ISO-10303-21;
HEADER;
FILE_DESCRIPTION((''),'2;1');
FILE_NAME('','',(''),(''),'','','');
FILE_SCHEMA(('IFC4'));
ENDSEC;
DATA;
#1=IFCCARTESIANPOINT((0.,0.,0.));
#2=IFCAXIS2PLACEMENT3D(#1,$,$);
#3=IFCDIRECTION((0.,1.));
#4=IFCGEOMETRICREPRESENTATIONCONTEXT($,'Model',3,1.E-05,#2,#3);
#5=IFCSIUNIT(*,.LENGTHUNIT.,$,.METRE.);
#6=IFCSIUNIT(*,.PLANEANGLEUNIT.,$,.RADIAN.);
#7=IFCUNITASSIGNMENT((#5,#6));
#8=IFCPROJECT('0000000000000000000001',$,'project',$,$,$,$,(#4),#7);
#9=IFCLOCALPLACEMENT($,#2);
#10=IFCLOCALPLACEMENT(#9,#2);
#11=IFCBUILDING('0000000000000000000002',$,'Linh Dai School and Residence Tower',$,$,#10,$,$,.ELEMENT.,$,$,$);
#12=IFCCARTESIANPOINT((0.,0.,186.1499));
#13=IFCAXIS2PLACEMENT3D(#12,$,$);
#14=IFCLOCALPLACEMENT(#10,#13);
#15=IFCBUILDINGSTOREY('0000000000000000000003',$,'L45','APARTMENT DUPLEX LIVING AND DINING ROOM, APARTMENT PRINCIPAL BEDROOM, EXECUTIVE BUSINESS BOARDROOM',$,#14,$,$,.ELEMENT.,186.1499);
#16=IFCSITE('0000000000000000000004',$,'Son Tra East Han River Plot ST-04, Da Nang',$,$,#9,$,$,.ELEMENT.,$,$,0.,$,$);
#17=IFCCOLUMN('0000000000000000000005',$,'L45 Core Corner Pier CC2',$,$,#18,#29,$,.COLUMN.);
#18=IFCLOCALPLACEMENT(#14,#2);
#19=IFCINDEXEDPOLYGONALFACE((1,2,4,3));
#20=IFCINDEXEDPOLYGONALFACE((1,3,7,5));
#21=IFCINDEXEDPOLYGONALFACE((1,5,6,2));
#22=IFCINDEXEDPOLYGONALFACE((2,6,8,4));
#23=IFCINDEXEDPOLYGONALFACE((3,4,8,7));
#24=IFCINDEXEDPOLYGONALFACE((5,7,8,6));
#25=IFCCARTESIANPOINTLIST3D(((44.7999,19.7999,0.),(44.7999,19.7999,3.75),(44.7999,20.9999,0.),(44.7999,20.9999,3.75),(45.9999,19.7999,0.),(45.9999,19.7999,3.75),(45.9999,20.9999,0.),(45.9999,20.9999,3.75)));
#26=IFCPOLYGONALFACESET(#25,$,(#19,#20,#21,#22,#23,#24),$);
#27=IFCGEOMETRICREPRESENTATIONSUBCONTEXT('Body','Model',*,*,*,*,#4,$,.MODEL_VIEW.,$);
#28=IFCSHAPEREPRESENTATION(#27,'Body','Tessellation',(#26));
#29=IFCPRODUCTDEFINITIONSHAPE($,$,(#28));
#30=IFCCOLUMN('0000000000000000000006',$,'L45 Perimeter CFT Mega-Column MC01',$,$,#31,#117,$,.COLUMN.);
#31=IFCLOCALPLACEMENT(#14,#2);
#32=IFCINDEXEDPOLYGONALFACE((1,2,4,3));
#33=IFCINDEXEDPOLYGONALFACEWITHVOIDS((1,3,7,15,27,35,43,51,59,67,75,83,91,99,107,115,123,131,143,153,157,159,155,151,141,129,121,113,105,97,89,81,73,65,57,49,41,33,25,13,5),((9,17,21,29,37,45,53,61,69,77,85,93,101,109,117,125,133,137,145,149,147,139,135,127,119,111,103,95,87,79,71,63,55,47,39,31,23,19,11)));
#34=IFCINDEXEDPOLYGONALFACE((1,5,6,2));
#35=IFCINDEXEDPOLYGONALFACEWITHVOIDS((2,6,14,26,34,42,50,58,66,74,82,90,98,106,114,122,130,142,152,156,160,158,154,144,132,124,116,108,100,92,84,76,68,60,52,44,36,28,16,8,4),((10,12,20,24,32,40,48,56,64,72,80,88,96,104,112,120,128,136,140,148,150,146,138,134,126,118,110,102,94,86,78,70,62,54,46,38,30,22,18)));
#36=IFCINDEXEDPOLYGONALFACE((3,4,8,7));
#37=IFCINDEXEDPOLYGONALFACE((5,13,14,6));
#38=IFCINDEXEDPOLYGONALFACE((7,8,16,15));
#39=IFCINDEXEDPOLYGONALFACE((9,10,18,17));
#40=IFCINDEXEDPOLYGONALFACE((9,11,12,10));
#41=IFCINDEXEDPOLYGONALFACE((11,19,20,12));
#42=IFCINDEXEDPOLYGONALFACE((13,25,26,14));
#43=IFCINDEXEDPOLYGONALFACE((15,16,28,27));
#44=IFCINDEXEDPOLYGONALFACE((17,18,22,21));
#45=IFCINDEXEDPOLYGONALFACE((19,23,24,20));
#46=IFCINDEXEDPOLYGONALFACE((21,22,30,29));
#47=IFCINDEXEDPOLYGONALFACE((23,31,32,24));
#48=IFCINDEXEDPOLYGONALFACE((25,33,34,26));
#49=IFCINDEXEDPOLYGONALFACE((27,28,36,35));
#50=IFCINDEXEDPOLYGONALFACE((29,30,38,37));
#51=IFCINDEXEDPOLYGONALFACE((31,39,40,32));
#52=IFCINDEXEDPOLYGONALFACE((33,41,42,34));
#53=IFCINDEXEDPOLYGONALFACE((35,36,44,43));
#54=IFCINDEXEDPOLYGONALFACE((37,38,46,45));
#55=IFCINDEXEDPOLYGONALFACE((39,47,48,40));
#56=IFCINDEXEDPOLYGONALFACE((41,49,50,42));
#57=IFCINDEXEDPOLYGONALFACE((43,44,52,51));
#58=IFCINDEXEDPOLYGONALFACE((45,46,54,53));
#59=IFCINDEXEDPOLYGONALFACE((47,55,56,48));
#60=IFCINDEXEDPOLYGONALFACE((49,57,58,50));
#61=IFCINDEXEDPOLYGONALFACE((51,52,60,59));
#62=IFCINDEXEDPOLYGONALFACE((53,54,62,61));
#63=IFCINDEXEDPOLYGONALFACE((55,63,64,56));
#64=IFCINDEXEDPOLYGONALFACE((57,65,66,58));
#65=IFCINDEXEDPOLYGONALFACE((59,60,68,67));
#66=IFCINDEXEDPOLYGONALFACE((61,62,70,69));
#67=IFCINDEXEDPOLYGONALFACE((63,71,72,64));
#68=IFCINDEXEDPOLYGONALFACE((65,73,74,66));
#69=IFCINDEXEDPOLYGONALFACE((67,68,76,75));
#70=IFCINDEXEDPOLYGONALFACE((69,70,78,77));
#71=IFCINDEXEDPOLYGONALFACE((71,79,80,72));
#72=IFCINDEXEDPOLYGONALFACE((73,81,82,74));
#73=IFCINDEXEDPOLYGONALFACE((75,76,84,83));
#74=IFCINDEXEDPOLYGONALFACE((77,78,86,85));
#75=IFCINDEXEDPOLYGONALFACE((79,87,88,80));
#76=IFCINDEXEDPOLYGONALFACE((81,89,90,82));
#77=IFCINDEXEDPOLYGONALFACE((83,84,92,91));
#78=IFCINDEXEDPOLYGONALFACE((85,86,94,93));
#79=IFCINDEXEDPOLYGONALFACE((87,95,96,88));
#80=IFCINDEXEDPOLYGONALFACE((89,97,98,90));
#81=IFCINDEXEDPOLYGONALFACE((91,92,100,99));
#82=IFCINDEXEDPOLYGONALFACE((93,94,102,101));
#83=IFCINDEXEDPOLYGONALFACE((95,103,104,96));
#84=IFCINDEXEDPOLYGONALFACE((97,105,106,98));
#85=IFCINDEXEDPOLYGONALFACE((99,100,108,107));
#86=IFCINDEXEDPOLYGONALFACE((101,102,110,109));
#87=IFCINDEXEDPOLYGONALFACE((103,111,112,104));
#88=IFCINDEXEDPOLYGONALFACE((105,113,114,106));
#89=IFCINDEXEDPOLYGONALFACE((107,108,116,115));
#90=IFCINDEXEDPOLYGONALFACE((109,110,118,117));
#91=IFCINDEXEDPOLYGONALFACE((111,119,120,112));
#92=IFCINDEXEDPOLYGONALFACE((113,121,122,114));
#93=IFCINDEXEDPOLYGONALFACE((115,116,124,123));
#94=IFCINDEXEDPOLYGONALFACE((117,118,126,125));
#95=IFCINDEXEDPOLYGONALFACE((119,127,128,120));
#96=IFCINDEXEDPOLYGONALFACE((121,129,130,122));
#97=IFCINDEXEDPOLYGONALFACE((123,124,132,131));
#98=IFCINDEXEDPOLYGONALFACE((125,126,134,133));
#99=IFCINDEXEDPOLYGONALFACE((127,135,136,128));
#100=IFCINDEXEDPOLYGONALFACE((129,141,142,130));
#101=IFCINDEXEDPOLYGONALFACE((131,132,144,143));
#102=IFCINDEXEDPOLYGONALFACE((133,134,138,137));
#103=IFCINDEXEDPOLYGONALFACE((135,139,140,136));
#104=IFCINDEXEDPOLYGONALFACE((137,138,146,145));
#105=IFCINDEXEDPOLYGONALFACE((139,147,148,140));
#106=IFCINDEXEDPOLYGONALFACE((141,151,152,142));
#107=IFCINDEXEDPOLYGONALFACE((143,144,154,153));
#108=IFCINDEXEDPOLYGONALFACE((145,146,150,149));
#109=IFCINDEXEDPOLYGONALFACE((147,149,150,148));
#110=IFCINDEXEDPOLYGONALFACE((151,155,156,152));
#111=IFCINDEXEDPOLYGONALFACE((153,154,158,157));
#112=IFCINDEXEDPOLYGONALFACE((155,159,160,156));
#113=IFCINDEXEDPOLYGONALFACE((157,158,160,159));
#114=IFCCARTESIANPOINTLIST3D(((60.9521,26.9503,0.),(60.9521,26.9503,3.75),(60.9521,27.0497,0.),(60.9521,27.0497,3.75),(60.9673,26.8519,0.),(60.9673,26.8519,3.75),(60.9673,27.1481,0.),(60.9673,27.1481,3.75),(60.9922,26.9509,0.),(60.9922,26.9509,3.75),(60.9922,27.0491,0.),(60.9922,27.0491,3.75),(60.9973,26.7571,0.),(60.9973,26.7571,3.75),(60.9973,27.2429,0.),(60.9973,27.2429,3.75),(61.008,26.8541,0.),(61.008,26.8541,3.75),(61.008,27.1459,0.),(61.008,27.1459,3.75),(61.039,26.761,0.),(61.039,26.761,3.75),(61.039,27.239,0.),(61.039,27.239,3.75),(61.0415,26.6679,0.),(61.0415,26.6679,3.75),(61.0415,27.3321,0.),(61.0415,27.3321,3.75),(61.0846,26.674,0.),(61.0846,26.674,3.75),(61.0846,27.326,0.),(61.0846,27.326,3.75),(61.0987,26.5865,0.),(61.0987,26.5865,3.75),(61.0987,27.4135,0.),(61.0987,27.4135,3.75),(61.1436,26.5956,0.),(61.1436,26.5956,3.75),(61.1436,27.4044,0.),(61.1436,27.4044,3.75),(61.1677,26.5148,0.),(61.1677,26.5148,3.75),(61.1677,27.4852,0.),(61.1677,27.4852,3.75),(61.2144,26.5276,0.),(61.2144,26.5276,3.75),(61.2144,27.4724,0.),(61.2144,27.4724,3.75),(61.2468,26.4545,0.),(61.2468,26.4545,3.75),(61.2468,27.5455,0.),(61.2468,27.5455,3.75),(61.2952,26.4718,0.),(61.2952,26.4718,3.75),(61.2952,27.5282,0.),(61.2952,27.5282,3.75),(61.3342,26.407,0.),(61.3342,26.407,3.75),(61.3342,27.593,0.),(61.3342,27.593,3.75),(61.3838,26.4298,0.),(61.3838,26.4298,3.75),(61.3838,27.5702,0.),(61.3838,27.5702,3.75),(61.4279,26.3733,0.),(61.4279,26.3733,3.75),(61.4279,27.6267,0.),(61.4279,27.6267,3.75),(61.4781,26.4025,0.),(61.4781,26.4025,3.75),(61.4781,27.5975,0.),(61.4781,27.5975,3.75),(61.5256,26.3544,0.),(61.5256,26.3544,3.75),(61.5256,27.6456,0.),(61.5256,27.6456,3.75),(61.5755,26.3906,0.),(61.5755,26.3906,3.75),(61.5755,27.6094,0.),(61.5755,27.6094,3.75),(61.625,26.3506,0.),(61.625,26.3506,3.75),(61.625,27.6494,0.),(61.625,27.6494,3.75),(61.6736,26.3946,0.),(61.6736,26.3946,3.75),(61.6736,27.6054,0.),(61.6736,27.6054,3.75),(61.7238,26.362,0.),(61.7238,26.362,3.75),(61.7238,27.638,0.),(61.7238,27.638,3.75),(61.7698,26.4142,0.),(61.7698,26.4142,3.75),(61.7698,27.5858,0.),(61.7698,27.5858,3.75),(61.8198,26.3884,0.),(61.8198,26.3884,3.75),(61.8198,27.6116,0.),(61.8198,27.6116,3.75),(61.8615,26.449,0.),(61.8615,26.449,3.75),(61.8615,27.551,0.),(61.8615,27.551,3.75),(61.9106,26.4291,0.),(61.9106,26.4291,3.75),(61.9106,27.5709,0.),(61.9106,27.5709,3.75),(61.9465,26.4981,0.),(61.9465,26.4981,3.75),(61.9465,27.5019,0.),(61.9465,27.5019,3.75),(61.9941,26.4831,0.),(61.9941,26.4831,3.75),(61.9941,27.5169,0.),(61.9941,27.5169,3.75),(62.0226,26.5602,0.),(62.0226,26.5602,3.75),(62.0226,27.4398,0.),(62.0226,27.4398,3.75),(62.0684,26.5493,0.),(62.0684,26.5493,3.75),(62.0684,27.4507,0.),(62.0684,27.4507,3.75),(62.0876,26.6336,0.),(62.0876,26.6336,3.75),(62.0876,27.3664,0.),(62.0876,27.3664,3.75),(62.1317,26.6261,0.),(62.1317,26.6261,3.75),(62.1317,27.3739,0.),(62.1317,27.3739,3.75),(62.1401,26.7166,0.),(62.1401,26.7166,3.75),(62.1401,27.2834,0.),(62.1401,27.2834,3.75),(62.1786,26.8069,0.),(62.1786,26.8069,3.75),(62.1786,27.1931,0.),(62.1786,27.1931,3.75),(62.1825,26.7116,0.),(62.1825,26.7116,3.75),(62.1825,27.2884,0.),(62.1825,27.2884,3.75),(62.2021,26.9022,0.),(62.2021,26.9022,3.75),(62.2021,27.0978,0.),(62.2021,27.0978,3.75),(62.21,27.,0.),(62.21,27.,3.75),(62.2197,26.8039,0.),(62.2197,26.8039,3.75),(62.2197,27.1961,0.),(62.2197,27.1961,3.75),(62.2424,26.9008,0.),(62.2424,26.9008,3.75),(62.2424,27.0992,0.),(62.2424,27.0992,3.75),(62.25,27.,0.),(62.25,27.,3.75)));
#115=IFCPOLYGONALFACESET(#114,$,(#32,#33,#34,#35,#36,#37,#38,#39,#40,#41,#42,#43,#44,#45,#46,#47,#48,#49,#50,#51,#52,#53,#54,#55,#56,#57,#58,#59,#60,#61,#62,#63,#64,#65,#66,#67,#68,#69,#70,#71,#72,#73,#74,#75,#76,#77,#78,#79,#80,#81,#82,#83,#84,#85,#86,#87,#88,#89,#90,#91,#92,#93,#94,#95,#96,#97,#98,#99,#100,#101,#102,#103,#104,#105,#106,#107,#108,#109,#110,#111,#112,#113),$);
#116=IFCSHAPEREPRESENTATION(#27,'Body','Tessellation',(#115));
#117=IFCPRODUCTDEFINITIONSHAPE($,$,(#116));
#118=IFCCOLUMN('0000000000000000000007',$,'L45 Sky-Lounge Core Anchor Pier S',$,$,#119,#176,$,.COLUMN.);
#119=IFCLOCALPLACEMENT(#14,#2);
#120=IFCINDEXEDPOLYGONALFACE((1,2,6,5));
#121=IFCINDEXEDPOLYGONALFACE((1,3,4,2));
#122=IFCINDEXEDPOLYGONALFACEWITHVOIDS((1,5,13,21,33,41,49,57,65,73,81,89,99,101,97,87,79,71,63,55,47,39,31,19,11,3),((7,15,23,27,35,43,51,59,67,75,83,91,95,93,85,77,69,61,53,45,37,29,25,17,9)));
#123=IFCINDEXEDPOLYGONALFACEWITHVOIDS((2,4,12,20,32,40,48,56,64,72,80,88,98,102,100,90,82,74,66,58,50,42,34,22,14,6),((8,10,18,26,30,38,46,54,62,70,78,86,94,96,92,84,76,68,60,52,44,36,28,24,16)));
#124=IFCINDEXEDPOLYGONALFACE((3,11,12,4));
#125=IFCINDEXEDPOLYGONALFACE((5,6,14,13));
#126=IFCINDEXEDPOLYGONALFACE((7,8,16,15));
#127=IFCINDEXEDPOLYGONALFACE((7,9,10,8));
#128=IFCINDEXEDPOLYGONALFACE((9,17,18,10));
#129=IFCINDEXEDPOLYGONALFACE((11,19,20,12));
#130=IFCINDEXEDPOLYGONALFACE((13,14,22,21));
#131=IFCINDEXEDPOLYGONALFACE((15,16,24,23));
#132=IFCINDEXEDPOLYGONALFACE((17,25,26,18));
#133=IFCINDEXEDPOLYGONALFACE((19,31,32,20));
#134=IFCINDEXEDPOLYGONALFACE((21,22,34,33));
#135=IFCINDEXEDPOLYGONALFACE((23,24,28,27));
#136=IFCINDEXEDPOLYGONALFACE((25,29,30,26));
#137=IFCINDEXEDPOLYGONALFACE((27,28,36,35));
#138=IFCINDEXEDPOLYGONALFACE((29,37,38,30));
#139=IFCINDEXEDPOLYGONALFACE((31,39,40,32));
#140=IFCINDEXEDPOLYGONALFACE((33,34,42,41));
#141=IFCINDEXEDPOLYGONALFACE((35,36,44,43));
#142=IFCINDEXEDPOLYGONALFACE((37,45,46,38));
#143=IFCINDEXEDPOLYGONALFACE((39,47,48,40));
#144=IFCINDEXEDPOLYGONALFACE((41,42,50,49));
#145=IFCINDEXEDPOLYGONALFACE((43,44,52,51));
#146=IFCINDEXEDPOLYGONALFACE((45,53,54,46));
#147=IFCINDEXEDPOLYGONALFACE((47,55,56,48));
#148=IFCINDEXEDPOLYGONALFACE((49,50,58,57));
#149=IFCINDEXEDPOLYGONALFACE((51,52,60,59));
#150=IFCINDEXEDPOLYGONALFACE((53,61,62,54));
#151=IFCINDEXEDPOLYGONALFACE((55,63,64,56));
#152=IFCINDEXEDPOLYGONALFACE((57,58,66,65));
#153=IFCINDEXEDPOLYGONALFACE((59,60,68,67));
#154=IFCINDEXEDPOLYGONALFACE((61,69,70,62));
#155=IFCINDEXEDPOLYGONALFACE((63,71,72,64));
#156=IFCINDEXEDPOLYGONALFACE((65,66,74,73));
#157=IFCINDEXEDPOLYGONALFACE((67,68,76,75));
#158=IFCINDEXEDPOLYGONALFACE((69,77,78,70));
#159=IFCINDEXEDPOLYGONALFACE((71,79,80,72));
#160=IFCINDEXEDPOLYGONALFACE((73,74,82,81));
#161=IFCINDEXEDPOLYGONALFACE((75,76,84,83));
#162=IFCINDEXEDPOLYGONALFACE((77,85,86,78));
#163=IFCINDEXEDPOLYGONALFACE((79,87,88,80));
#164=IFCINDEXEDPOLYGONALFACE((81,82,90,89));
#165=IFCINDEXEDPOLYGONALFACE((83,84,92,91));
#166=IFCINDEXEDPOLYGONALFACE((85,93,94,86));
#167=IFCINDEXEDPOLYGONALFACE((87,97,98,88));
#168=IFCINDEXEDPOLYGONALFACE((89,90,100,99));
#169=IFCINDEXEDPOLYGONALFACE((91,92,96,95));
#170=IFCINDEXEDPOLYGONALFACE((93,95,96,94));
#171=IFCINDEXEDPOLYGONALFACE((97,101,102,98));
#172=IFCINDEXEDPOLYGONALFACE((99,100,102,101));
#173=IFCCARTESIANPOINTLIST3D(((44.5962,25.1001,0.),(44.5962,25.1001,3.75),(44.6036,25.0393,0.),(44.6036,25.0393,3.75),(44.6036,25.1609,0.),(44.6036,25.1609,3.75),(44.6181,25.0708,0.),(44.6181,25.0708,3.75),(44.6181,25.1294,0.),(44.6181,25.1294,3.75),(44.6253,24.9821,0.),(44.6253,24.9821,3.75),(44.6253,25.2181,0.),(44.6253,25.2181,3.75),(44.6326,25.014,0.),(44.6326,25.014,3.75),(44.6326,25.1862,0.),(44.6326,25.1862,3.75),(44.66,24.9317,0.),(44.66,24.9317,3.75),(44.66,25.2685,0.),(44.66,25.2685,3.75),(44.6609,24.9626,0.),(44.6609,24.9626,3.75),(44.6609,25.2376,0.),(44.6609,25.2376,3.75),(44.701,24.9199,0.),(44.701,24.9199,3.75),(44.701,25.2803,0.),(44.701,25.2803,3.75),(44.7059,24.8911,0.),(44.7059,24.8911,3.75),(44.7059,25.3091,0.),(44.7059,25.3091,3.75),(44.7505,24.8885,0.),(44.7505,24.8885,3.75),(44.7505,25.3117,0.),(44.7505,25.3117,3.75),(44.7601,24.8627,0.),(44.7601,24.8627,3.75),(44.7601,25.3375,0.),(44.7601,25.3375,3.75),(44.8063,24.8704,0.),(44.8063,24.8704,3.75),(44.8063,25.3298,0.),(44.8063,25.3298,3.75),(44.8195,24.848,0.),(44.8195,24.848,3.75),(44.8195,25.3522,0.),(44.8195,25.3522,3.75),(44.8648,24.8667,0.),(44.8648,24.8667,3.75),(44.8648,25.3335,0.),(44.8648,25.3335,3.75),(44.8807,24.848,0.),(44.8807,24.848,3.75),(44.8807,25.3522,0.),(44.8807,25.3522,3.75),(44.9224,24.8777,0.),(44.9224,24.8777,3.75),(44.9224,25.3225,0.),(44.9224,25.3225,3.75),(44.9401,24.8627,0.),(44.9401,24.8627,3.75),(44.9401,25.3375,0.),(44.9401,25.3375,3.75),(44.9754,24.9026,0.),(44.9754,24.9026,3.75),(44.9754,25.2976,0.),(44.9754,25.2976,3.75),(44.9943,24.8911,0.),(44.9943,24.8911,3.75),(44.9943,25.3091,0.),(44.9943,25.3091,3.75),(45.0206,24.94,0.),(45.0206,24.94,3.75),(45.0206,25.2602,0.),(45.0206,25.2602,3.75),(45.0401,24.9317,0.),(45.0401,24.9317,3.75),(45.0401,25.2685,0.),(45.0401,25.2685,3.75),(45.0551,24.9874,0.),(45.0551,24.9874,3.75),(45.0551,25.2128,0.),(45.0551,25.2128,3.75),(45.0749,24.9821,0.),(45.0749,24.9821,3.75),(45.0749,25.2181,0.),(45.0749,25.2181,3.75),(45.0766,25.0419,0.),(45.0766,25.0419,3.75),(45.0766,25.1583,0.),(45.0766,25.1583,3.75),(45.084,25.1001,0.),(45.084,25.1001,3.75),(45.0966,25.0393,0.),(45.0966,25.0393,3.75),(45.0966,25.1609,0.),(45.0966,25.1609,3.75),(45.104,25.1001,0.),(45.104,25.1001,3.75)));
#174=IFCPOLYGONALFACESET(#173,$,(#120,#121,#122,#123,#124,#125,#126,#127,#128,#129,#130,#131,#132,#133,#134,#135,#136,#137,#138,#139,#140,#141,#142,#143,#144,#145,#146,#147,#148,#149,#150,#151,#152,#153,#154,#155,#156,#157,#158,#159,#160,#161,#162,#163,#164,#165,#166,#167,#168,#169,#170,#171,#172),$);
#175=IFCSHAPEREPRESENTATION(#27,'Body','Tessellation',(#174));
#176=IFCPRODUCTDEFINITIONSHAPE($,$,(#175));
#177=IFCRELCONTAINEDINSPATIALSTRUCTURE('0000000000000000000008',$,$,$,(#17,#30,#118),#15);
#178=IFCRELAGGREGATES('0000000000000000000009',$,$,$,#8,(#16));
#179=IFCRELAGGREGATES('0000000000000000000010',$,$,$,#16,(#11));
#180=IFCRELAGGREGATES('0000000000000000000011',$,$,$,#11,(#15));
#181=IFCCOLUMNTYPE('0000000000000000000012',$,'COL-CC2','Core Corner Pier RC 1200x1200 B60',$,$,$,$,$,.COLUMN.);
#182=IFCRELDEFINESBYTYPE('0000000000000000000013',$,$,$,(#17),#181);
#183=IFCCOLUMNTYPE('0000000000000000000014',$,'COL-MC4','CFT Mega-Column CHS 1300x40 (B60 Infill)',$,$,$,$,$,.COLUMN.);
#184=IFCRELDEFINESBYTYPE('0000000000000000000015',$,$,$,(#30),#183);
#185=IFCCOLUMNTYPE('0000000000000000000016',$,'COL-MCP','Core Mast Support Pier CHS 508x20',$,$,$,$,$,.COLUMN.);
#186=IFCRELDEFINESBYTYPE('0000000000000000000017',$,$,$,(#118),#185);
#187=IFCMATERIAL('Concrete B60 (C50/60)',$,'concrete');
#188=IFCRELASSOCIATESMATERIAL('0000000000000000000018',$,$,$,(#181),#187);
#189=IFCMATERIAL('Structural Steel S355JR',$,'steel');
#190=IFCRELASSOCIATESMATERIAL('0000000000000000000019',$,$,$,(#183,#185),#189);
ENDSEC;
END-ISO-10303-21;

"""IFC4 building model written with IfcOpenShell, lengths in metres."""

from ifc_helpers import new_model, si_unit, direction, frame, origin, origin_2d, place, context, subcontext, project, spatial, rectangle, hollow_circle, extrude, material, material_profile, profile_set, type_object, element, save


model = new_model("IFC4")

# Units and contexts
model_context = context("Model", 3, precision=1e-05, world=origin(), true_north=direction((0.0, 1.0)))
body_context = subcontext(model_context, "Body", "Model", "MODEL_VIEW")
ifc_project = project(units=[si_unit("LENGTHUNIT", "METRE"), si_unit("PLANEANGLEUNIT", "RADIAN")], contexts=[model_context])

# Site, building, storey
site_placement = place(None, origin())
site = spatial("IfcSite", under=ifc_project, at=site_placement, Name="Son Tra East Han River Plot ST-04, Da Nang", CompositionType="ELEMENT", RefElevation=0.0)
building_placement = place(site_placement, origin())
building = spatial("IfcBuilding", under=site, at=building_placement, Name="Linh Dai School and Residence Tower", CompositionType="ELEMENT")
storey_placement = place(building_placement, frame((0.0, 0.0, 186.1499)))
storey = spatial("IfcBuildingStorey", under=building, at=storey_placement, Name="L45", Description="APARTMENT DUPLEX LIVING AND DINING ROOM, APARTMENT PRINCIPAL BEDROOM, EXECUTIVE BUSINESS BOARDROOM", CompositionType="ELEMENT", Elevation=186.1499)

# Columns
ifc_material_1 = material(Name="Concrete B60 (C50/60)", Category="concrete")
ifc_material_profile_1 = material_profile(ifc_material_1, rectangle(XDim=1.2, YDim=1.2, at=origin_2d()), Name="RC 1200x1200")
ifc_profile_set_1 = profile_set([ifc_material_profile_1], Name="Concrete B60 (C50/60)")
column_type_1 = type_object("IfcColumnType", Name="COL-CC2", Description="Core Corner Pier RC 1200x1200 B60", PredefinedType="COLUMN", material=ifc_profile_set_1)
column_1_placement = place(storey_placement, frame((45.3999, 20.3999, 0.0), z_axis=(0.0, 0.0, 1.0), x_axis=(1.0, 0.0, 0.0)))
element("IfcColumn", 1, at=column_1_placement, inside=storey, type_object=column_type_1, Name="L45 Core Corner Pier CC2", PredefinedType="COLUMN", context=body_context, shape_type="SweptSolid", body=[
    extrude(rectangle(XDim=1.2, YDim=1.2, at=origin_2d()), origin(), (0.0, 0.0, 1.0), 3.75),
])
ifc_material_2 = material(Name="Structural Steel S355JR", Category="steel")
ifc_material_profile_2 = material_profile(ifc_material_2, hollow_circle(Radius=0.6499, WallThickness=0.04, at=origin_2d()), Name="CHS 1300x40")
ifc_profile_set_2 = profile_set([ifc_material_profile_2], Name="Structural Steel S355JR")
column_type_2 = type_object("IfcColumnType", Name="COL-MC4", Description="CFT Mega-Column CHS 1300x40 (B60 Infill)", PredefinedType="COLUMN", material=ifc_profile_set_2)
column_2_placement = place(storey_placement, frame((61.6001, 27.0, 0.0), z_axis=(0.0, 0.0, 1.0), x_axis=(1.0, 0.0, 0.0)))
element("IfcColumn", 2, at=column_2_placement, inside=storey, type_object=column_type_2, Name="L45 Perimeter CFT Mega-Column MC01", PredefinedType="COLUMN", context=body_context, shape_type="SweptSolid", body=[
    extrude(hollow_circle(Radius=0.6499, WallThickness=0.04, at=origin_2d()), origin(), (0.0, 0.0, 1.0), 3.75),
])
ifc_material_profile_3 = material_profile(ifc_material_2, hollow_circle(Radius=0.2539, WallThickness=0.02, at=origin_2d()), Name="CHS 508x20")
ifc_profile_set_3 = profile_set([ifc_material_profile_3], Name="Structural Steel S355JR")
column_type_3 = type_object("IfcColumnType", Name="COL-MCP", Description="Core Mast Support Pier CHS 508x20", PredefinedType="COLUMN", material=ifc_profile_set_3)
column_3_placement = place(storey_placement, frame((44.8501, 25.1001, 0.0), z_axis=(0.0, 0.0, 1.0), x_axis=(1.0, 0.0, 0.0)))
element("IfcColumn", 3, at=column_3_placement, inside=storey, type_object=column_type_3, Name="L45 Sky-Lounge Core Anchor Pier S", PredefinedType="COLUMN", context=body_context, shape_type="SweptSolid", body=[
    extrude(hollow_circle(Radius=0.2539, WallThickness=0.02, at=origin_2d()), origin(), (0.0, 0.0, 1.0), 3.75),
])

save(model, "model.ifc")
